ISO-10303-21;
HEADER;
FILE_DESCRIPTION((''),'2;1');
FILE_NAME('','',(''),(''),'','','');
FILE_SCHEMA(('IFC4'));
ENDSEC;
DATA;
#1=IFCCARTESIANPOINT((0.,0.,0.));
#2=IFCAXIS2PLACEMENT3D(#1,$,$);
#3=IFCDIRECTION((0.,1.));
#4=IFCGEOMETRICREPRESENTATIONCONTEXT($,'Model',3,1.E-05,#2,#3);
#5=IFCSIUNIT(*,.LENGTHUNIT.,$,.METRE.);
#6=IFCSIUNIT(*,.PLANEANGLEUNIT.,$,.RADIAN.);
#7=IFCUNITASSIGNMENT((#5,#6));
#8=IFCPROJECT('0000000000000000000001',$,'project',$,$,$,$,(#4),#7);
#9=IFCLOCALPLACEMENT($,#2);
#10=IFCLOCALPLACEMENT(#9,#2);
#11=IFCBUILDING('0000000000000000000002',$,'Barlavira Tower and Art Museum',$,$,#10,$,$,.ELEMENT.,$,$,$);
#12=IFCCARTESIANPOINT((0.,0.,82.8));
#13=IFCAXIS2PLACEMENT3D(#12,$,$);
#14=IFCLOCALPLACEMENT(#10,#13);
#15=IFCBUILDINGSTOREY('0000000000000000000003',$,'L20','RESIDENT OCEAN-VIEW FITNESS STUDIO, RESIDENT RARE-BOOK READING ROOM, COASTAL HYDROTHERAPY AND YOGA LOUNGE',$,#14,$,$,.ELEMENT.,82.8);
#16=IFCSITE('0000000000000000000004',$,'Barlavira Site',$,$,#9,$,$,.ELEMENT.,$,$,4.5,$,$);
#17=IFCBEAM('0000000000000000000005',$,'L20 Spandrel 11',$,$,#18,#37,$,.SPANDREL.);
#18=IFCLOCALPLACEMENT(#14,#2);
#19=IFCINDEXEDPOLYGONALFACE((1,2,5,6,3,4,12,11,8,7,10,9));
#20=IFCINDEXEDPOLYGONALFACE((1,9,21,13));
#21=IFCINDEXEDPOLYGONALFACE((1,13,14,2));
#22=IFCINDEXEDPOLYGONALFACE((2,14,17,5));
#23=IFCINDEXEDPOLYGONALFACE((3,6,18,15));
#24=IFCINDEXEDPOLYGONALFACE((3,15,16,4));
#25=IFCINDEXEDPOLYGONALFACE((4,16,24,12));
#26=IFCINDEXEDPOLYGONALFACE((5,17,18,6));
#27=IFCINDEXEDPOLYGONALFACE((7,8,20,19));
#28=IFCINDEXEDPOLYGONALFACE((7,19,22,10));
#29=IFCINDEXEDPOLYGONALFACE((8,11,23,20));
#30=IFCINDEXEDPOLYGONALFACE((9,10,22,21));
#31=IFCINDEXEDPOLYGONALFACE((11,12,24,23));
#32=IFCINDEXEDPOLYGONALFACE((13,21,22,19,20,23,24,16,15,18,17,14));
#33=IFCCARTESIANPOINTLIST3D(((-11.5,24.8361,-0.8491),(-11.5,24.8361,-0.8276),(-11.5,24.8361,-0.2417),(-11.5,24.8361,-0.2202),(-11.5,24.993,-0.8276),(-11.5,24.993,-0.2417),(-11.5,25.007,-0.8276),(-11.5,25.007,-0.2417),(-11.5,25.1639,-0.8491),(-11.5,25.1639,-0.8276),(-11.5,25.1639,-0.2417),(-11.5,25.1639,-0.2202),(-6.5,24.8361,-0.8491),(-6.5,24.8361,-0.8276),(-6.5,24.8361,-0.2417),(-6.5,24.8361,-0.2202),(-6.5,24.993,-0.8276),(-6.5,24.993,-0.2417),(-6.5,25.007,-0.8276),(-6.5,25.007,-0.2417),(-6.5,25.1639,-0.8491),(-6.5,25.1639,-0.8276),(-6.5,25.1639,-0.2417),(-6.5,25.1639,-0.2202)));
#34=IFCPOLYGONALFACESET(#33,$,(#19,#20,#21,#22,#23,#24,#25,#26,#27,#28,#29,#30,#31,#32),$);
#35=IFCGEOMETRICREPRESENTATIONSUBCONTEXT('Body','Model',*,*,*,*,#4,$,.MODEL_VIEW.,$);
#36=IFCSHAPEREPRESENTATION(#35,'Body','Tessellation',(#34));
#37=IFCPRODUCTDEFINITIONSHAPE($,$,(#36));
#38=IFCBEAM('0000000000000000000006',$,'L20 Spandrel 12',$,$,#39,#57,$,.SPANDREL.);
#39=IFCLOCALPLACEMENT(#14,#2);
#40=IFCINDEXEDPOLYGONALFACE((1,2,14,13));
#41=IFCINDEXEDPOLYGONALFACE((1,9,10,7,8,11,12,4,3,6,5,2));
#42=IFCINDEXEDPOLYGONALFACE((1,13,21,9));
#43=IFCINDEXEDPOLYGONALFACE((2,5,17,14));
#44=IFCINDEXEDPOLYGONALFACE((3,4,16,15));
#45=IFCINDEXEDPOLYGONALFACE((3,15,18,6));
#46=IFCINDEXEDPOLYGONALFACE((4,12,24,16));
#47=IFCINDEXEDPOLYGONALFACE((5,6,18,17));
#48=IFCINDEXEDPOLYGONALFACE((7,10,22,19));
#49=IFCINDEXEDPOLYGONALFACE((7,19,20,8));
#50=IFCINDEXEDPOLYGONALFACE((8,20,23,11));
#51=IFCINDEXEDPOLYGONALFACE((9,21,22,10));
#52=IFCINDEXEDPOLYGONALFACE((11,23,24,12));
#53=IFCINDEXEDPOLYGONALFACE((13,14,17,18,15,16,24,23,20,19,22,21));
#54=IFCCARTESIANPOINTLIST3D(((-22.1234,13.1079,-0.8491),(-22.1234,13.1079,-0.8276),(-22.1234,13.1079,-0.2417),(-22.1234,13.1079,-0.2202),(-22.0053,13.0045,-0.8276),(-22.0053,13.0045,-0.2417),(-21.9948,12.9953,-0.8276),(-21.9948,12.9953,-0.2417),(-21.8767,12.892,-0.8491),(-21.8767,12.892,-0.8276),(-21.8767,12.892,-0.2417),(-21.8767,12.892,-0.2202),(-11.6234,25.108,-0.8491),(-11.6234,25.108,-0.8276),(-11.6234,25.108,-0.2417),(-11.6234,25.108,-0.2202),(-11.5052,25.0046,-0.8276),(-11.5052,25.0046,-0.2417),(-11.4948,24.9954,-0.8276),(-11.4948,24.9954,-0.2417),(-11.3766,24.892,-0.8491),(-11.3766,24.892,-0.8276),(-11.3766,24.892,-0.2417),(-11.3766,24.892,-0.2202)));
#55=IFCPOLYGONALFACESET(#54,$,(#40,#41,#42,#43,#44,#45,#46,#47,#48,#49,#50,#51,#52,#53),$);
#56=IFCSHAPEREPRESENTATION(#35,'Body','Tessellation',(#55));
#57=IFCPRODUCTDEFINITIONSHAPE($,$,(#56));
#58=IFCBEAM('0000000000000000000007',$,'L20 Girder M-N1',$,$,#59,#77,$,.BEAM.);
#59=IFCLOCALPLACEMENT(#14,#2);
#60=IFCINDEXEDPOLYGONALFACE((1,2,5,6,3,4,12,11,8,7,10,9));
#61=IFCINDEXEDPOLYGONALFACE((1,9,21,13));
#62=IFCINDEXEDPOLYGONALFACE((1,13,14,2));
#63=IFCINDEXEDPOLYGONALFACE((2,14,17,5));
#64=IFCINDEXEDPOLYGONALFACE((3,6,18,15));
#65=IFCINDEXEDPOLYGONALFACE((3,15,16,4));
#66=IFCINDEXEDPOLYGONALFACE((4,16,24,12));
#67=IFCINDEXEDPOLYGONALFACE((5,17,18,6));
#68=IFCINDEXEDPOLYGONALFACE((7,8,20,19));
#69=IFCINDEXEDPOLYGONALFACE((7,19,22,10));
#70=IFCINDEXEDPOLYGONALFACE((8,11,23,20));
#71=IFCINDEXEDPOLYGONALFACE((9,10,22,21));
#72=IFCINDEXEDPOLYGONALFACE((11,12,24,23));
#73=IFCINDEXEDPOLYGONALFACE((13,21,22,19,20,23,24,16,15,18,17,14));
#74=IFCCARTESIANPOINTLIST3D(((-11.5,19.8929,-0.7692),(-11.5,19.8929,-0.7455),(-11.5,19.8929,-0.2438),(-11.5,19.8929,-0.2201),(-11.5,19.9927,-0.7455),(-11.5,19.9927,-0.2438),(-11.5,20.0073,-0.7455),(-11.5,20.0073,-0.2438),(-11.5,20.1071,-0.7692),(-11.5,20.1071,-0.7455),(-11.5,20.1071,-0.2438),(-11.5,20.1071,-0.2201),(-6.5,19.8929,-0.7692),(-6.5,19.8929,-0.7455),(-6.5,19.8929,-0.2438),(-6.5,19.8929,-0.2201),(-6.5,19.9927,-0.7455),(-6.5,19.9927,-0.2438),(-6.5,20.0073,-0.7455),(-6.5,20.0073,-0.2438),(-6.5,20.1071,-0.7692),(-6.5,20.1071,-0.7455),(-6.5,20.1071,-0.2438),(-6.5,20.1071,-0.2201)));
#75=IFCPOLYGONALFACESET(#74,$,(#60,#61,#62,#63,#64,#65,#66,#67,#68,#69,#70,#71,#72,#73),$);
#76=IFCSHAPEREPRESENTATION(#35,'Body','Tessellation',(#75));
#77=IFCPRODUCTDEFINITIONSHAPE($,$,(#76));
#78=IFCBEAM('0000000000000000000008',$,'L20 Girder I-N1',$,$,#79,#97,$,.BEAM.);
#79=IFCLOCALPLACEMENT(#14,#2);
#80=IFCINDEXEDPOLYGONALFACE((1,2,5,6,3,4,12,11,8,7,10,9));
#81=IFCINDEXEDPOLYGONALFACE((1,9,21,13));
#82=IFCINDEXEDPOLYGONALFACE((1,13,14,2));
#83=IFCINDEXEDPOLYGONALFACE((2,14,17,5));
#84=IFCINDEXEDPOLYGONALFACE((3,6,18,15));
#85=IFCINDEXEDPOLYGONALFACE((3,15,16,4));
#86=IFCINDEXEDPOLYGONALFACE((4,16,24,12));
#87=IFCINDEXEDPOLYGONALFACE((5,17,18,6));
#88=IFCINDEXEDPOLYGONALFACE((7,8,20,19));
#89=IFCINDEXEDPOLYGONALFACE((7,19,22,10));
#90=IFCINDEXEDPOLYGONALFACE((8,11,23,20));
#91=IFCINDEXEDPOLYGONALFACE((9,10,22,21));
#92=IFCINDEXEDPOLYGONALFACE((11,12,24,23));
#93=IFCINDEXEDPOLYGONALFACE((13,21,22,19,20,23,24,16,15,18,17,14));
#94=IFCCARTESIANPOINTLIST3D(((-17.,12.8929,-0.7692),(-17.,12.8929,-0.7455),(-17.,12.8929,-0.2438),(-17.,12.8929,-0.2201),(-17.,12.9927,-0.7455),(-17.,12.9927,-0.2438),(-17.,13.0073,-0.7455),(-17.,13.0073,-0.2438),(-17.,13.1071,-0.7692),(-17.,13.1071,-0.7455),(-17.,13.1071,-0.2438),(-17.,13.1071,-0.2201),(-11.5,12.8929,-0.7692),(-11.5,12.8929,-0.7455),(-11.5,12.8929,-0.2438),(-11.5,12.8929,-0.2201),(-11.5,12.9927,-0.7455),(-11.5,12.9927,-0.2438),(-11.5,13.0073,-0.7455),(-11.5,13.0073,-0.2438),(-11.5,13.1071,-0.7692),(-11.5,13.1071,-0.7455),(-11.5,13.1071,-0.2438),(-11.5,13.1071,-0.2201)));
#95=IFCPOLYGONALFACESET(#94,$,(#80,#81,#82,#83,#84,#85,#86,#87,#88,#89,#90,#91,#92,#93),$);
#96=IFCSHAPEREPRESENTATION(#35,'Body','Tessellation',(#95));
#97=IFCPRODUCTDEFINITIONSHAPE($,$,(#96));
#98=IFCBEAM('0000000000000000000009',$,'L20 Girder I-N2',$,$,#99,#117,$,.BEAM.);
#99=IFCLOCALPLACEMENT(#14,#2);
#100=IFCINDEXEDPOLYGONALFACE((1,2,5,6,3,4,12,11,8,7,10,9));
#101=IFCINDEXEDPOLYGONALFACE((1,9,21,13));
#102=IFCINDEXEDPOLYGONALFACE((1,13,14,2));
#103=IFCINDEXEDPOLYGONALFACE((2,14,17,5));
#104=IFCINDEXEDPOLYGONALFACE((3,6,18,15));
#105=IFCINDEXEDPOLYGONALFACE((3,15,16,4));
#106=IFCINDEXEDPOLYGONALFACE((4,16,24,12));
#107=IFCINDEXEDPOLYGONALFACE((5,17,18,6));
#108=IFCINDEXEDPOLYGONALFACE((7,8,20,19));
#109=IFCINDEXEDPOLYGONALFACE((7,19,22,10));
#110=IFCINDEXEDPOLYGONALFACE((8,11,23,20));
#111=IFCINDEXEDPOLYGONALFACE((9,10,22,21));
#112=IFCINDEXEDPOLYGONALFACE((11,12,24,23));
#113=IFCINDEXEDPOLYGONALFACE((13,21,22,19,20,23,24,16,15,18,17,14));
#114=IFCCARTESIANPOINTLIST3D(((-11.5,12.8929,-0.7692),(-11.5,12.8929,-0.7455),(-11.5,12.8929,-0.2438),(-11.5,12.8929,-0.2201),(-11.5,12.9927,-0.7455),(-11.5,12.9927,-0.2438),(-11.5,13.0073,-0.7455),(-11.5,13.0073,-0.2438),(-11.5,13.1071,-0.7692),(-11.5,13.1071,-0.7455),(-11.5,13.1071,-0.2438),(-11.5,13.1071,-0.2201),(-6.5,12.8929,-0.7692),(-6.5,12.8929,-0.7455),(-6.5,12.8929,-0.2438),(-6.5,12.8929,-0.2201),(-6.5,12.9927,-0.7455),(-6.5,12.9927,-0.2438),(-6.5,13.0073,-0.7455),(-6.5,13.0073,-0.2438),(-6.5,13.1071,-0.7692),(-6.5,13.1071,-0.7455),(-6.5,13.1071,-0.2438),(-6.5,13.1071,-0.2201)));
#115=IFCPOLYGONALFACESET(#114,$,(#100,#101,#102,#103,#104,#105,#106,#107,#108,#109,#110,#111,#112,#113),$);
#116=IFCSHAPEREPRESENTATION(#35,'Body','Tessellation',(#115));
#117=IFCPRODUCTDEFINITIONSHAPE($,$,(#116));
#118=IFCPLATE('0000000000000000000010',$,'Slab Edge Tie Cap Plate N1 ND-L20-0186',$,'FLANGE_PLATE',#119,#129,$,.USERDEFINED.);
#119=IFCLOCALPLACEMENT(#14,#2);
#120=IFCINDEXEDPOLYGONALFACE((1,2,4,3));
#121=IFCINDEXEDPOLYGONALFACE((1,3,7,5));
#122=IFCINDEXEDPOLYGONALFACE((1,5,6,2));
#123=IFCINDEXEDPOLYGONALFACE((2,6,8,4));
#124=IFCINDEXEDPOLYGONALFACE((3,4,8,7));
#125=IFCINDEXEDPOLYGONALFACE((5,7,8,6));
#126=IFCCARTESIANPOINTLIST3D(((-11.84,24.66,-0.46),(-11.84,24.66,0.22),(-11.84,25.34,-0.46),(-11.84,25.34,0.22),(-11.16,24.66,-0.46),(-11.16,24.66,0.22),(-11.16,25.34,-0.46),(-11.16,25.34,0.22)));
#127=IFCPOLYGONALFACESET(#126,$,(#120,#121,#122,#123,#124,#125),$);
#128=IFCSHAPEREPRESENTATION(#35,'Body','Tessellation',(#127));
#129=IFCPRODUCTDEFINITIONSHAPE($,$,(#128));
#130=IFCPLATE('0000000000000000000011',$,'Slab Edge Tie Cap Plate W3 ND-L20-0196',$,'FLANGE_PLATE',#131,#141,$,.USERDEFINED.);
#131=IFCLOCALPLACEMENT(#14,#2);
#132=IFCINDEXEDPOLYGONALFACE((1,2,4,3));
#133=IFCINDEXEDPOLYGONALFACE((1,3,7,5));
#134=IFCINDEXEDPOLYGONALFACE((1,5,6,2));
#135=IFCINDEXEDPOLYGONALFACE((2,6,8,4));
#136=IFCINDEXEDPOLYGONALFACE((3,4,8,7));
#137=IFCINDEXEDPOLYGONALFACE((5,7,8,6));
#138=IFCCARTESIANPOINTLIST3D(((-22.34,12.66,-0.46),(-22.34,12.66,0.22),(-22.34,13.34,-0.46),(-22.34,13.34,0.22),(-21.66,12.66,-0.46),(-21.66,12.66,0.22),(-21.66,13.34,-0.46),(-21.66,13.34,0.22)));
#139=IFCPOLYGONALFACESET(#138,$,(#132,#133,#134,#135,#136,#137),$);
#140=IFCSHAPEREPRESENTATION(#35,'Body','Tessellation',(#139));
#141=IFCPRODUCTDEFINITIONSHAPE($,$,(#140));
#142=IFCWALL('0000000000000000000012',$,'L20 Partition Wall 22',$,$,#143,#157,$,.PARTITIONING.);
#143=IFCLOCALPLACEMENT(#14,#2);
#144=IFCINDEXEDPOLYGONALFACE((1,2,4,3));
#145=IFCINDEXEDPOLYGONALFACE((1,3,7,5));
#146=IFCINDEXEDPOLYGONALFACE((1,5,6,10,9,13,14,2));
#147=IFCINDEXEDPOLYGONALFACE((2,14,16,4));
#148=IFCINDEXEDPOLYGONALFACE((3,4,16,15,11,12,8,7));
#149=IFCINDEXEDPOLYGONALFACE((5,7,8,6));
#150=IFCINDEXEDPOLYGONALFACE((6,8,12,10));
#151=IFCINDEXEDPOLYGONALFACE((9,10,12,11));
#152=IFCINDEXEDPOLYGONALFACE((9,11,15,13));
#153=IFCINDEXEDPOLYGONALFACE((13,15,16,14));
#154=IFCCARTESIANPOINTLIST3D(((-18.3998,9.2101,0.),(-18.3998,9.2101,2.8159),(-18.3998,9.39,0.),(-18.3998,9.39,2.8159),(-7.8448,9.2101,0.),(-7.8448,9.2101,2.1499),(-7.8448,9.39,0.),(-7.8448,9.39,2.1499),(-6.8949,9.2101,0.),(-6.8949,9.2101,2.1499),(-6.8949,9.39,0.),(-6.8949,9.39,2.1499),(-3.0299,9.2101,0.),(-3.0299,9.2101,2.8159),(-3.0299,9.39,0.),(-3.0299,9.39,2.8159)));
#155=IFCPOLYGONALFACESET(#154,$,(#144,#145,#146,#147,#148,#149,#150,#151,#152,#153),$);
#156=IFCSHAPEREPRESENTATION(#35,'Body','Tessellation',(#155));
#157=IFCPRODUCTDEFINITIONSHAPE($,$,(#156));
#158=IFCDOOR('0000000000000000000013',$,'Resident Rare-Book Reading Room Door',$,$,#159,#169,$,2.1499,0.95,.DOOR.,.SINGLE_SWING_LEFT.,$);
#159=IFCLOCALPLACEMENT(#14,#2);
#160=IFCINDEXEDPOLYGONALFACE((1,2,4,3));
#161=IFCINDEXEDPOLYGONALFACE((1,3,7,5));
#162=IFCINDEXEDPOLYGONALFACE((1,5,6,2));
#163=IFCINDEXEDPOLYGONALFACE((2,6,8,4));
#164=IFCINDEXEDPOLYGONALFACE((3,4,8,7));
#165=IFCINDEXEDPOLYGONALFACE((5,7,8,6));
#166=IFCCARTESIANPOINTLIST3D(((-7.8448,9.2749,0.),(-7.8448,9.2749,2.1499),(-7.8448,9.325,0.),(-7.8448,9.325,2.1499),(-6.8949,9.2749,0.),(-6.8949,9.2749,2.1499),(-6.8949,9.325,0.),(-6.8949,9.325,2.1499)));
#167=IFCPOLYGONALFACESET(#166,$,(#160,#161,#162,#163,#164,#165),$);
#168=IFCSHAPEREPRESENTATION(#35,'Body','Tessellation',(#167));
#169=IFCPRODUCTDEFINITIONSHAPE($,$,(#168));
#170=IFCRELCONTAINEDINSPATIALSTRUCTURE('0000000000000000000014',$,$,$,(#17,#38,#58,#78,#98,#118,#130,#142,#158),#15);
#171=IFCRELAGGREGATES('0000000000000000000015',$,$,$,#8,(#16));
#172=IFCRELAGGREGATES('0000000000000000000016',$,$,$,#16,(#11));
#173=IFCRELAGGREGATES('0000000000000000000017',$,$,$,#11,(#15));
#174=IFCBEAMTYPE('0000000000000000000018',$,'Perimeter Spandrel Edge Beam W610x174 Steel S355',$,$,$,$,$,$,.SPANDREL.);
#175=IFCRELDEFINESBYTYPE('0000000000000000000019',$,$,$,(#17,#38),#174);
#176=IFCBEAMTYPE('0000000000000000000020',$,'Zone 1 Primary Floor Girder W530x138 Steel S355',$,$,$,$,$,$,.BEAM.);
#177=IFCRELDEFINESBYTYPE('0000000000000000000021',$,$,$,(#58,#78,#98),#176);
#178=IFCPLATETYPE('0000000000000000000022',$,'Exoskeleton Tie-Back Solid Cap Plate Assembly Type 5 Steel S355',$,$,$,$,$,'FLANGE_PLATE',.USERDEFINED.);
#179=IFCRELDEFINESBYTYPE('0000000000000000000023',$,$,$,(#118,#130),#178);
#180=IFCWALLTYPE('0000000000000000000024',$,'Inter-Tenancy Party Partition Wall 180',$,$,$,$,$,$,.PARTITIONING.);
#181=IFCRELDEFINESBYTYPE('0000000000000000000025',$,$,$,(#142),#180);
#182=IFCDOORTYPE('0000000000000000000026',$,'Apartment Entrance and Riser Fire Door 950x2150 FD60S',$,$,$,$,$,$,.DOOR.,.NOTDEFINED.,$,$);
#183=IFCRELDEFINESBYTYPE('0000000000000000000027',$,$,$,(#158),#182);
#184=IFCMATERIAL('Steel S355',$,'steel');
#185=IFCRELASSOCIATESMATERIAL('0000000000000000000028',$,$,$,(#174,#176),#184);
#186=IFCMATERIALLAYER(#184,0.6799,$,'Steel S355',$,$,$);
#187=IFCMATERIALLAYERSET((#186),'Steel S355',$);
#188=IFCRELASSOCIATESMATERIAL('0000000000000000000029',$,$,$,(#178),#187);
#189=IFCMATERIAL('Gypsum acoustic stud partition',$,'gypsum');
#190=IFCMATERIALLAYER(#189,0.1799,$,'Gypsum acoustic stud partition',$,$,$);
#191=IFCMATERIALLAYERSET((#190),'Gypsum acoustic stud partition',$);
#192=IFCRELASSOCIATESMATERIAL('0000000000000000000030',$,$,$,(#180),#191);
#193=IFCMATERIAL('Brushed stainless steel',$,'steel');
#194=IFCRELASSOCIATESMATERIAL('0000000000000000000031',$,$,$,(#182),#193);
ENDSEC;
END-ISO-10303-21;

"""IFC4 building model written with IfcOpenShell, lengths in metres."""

from ifc_helpers import new_model, si_unit, direction, frame, frame_2d, origin, origin_2d, place, context, subcontext, project, spatial, rectangle, i_section, extrude, material, layer, layer_set, material_profile, profile_set, type_object, element, fill, save


model = new_model("IFC4")

# Units and contexts
model_context = context("Model", 3, precision=1e-05, world=origin(), true_north=direction((0.0, 1.0)))
body_context = subcontext(model_context, "Body", "Model", "MODEL_VIEW")
ifc_project = project(units=[si_unit("LENGTHUNIT", "METRE"), si_unit("PLANEANGLEUNIT", "RADIAN")], contexts=[model_context])

# Site, building, storey
site_placement = place(None, origin())
site = spatial("IfcSite", under=ifc_project, at=site_placement, Name="Barlavira Site", CompositionType="ELEMENT", RefElevation=4.5)
building_placement = place(site_placement, origin())
building = spatial("IfcBuilding", under=site, at=building_placement, Name="Barlavira Tower and Art Museum", CompositionType="ELEMENT")
storey_placement = place(building_placement, frame((0.0, 0.0, 82.8)))
storey = spatial("IfcBuildingStorey", under=building, at=storey_placement, Name="L20", Description="RESIDENT OCEAN-VIEW FITNESS STUDIO, RESIDENT RARE-BOOK READING ROOM, COASTAL HYDROTHERAPY AND YOGA LOUNGE", CompositionType="ELEMENT", Elevation=82.8)

# Shared definitions
ifc_material_1 = material(Name="Steel S355", Category="steel")

# Beams
ifc_material_profile_1 = material_profile(ifc_material_1, i_section(OverallWidth=0.3279, OverallDepth=0.6289, WebThickness=0.0139, FlangeThickness=0.0215, at=origin_2d()), Name="W610x174.0")
ifc_profile_set_1 = profile_set([ifc_material_profile_1], Name="Steel S355")
beam_type_1 = type_object("IfcBeamType", Name="Perimeter Spandrel Edge Beam W610x174 Steel S355", PredefinedType="SPANDREL", material=ifc_profile_set_1)
beam_1_placement = place(storey_placement, frame((-11.5, 25.0, -0.5347), z_axis=(1.0, 0.0, 0.0), x_axis=(0.0, 1.0, 0.0)))
element("IfcBeam", 1, at=beam_1_placement, inside=storey, type_object=beam_type_1, Name="L20 Spandrel 11", PredefinedType="SPANDREL", context=body_context, shape_type="SweptSolid", body=[
    extrude(i_section(OverallWidth=0.3279, OverallDepth=0.6289, WebThickness=0.0139, FlangeThickness=0.0215, at=origin_2d()), origin(), (0.0, 0.0, 1.0), 5.0),
])
beam_2_placement = place(storey_placement, frame((-11.5, 25.0, -0.5347), z_axis=(-0.658505, -0.752577, 0.0), x_axis=(0.752577, -0.658505, 0.0)))
element("IfcBeam", 2, at=beam_2_placement, inside=storey, type_object=beam_type_1, Name="L20 Spandrel 12", PredefinedType="SPANDREL", context=body_context, shape_type="SweptSolid", body=[
    extrude(i_section(OverallWidth=0.3279, OverallDepth=0.6289, WebThickness=0.0139, FlangeThickness=0.0215, at=origin_2d()), origin(), (0.0, 0.0, 1.0), 15.9453),
])
ifc_material_profile_2 = material_profile(ifc_material_1, i_section(OverallWidth=0.2141, OverallDepth=0.5491, WebThickness=0.0146, FlangeThickness=0.0237, at=origin_2d()), Name="W530x138.0")
ifc_profile_set_2 = profile_set([ifc_material_profile_2], Name="Steel S355")
beam_type_2 = type_object("IfcBeamType", Name="Zone 1 Primary Floor Girder W530x138 Steel S355", PredefinedType="BEAM", material=ifc_profile_set_2)
beam_3_placement = place(storey_placement, frame((-11.5, 20.0, -0.4946), z_axis=(1.0, 0.0, 0.0), x_axis=(0.0, 1.0, 0.0)))
element("IfcBeam", 3, at=beam_3_placement, inside=storey, type_object=beam_type_2, Name="L20 Girder M-N1", PredefinedType="BEAM", context=body_context, shape_type="SweptSolid", body=[
    extrude(i_section(OverallWidth=0.2141, OverallDepth=0.5491, WebThickness=0.0146, FlangeThickness=0.0237, at=origin_2d()), origin(), (0.0, 0.0, 1.0), 5.0),
])
beam_4_placement = place(storey_placement, frame((-17.0, 13.0, -0.4946), z_axis=(1.0, 0.0, 0.0), x_axis=(0.0, 1.0, 0.0)))
element("IfcBeam", 4, at=beam_4_placement, inside=storey, type_object=beam_type_2, Name="L20 Girder I-N1", PredefinedType="BEAM", context=body_context, shape_type="SweptSolid", body=[
    extrude(i_section(OverallWidth=0.2141, OverallDepth=0.5491, WebThickness=0.0146, FlangeThickness=0.0237, at=origin_2d()), origin(), (0.0, 0.0, 1.0), 5.5),
])
beam_5_placement = place(storey_placement, frame((-11.5, 13.0, -0.4946), z_axis=(1.0, 0.0, 0.0), x_axis=(0.0, 1.0, 0.0)))
element("IfcBeam", 5, at=beam_5_placement, inside=storey, type_object=beam_type_2, Name="L20 Girder I-N2", PredefinedType="BEAM", context=body_context, shape_type="SweptSolid", body=[
    extrude(i_section(OverallWidth=0.2141, OverallDepth=0.5491, WebThickness=0.0146, FlangeThickness=0.0237, at=origin_2d()), origin(), (0.0, 0.0, 1.0), 5.0),
])

# Plates
ifc_layer_1 = layer(ifc_material_1, 0.6799, Name="Steel S355")
ifc_layer_set_1 = layer_set([ifc_layer_1], Name="Steel S355")
plate_type = type_object("IfcPlateType", Name="Exoskeleton Tie-Back Solid Cap Plate Assembly Type 5 Steel S355", ElementType="FLANGE_PLATE", PredefinedType="USERDEFINED", material=ifc_layer_set_1)
for number, where, z_axis, x_axis, name in (
    (6, (-11.5, 25.0, -0.46), (0.0, 0.0, 1.0), (1.0, 0.0, 0.0), "Slab Edge Tie Cap Plate N1 ND-L20-0186"),
    (7, (-22.0, 13.0, -0.46), (0.0, 0.0, 1.0), (1.0, 0.0, 0.0), "Slab Edge Tie Cap Plate W3 ND-L20-0196"),
):
    element("IfcPlate", number, at=place(storey_placement, frame(where, z_axis=z_axis, x_axis=x_axis)), inside=storey, type_object=plate_type, Name=name, ObjectType="FLANGE_PLATE", PredefinedType="USERDEFINED", context=body_context, shape_type="SweptSolid", body=[
        extrude(rectangle(XDim=0.6799, YDim=0.6799, at=origin_2d()), origin(), (0.0, 0.0, 1.0), 0.6799),
    ])

# Wall, opening, door
ifc_material_2 = material(Name="Gypsum acoustic stud partition", Category="gypsum")
ifc_layer_2 = layer(ifc_material_2, 0.1799, Name="Gypsum acoustic stud partition")
ifc_layer_set_2 = layer_set([ifc_layer_2], Name="Gypsum acoustic stud partition")
wall_type_1 = type_object("IfcWallType", Name="Inter-Tenancy Party Partition Wall 180", PredefinedType="PARTITIONING", material=ifc_layer_set_2)
wall_1_placement = place(storey_placement, frame((-18.3999, 9.3, 0.0), z_axis=(0.0, 0.0, 1.0), x_axis=(1.0, 0.0, 0.0)))
wall_1 = element("IfcWall", 8, at=wall_1_placement, inside=storey, type_object=wall_type_1, Name="L20 Partition Wall 22", PredefinedType="PARTITIONING", context=body_context, shape_type="SweptSolid", body=[
    extrude(rectangle(XDim=15.3699, YDim=0.1799, at=frame_2d((7.6851, 0.0))), origin(), (0.0, 0.0, 1.0), 2.8159),
])
opening_1_placement = place(wall_1_placement, frame((10.5549, 0.0, 0.0)))
opening_1 = element("IfcOpeningElement", 9, at=opening_1_placement, cuts=wall_1, PredefinedType="OPENING", context=body_context, shape_type="SweptSolid", body=[
    extrude(rectangle(XDim=0.95, YDim=2.1499, at=frame_2d((0.4751, 1.075))), frame((0.0, 0.1001, 0.0), z_axis=(0.0, -1.0, 0.0), x_axis=(1.0, 0.0, 0.0)), (0.0, 0.0, 1.0), 0.2),
])
ifc_material_3 = material(Name="Brushed stainless steel", Category="steel")
door_type = type_object("IfcDoorType", Name="Apartment Entrance and Riser Fire Door 950x2150 FD60S", OperationType="NOTDEFINED", PredefinedType="DOOR", material=ifc_material_3)
door_placement = place(opening_1_placement, origin())
door = element("IfcDoor", 10, at=door_placement, inside=storey, type_object=door_type, Name="Resident Rare-Book Reading Room Door", OperationType="SINGLE_SWING_LEFT", OverallHeight=2.1499, OverallWidth=0.95, PredefinedType="DOOR", context=body_context, shape_type="SweptSolid", body=[
    extrude(rectangle(XDim=0.95, YDim=2.1499, at=frame_2d((0.4751, 1.075))), frame((0.0, 0.0249, 0.0), z_axis=(0.0, -1.0, 0.0), x_axis=(1.0, 0.0, 0.0)), (0.0, 0.0, 1.0), 0.05),
])
fill(opening_1, door)

save(model, "model.ifc")
